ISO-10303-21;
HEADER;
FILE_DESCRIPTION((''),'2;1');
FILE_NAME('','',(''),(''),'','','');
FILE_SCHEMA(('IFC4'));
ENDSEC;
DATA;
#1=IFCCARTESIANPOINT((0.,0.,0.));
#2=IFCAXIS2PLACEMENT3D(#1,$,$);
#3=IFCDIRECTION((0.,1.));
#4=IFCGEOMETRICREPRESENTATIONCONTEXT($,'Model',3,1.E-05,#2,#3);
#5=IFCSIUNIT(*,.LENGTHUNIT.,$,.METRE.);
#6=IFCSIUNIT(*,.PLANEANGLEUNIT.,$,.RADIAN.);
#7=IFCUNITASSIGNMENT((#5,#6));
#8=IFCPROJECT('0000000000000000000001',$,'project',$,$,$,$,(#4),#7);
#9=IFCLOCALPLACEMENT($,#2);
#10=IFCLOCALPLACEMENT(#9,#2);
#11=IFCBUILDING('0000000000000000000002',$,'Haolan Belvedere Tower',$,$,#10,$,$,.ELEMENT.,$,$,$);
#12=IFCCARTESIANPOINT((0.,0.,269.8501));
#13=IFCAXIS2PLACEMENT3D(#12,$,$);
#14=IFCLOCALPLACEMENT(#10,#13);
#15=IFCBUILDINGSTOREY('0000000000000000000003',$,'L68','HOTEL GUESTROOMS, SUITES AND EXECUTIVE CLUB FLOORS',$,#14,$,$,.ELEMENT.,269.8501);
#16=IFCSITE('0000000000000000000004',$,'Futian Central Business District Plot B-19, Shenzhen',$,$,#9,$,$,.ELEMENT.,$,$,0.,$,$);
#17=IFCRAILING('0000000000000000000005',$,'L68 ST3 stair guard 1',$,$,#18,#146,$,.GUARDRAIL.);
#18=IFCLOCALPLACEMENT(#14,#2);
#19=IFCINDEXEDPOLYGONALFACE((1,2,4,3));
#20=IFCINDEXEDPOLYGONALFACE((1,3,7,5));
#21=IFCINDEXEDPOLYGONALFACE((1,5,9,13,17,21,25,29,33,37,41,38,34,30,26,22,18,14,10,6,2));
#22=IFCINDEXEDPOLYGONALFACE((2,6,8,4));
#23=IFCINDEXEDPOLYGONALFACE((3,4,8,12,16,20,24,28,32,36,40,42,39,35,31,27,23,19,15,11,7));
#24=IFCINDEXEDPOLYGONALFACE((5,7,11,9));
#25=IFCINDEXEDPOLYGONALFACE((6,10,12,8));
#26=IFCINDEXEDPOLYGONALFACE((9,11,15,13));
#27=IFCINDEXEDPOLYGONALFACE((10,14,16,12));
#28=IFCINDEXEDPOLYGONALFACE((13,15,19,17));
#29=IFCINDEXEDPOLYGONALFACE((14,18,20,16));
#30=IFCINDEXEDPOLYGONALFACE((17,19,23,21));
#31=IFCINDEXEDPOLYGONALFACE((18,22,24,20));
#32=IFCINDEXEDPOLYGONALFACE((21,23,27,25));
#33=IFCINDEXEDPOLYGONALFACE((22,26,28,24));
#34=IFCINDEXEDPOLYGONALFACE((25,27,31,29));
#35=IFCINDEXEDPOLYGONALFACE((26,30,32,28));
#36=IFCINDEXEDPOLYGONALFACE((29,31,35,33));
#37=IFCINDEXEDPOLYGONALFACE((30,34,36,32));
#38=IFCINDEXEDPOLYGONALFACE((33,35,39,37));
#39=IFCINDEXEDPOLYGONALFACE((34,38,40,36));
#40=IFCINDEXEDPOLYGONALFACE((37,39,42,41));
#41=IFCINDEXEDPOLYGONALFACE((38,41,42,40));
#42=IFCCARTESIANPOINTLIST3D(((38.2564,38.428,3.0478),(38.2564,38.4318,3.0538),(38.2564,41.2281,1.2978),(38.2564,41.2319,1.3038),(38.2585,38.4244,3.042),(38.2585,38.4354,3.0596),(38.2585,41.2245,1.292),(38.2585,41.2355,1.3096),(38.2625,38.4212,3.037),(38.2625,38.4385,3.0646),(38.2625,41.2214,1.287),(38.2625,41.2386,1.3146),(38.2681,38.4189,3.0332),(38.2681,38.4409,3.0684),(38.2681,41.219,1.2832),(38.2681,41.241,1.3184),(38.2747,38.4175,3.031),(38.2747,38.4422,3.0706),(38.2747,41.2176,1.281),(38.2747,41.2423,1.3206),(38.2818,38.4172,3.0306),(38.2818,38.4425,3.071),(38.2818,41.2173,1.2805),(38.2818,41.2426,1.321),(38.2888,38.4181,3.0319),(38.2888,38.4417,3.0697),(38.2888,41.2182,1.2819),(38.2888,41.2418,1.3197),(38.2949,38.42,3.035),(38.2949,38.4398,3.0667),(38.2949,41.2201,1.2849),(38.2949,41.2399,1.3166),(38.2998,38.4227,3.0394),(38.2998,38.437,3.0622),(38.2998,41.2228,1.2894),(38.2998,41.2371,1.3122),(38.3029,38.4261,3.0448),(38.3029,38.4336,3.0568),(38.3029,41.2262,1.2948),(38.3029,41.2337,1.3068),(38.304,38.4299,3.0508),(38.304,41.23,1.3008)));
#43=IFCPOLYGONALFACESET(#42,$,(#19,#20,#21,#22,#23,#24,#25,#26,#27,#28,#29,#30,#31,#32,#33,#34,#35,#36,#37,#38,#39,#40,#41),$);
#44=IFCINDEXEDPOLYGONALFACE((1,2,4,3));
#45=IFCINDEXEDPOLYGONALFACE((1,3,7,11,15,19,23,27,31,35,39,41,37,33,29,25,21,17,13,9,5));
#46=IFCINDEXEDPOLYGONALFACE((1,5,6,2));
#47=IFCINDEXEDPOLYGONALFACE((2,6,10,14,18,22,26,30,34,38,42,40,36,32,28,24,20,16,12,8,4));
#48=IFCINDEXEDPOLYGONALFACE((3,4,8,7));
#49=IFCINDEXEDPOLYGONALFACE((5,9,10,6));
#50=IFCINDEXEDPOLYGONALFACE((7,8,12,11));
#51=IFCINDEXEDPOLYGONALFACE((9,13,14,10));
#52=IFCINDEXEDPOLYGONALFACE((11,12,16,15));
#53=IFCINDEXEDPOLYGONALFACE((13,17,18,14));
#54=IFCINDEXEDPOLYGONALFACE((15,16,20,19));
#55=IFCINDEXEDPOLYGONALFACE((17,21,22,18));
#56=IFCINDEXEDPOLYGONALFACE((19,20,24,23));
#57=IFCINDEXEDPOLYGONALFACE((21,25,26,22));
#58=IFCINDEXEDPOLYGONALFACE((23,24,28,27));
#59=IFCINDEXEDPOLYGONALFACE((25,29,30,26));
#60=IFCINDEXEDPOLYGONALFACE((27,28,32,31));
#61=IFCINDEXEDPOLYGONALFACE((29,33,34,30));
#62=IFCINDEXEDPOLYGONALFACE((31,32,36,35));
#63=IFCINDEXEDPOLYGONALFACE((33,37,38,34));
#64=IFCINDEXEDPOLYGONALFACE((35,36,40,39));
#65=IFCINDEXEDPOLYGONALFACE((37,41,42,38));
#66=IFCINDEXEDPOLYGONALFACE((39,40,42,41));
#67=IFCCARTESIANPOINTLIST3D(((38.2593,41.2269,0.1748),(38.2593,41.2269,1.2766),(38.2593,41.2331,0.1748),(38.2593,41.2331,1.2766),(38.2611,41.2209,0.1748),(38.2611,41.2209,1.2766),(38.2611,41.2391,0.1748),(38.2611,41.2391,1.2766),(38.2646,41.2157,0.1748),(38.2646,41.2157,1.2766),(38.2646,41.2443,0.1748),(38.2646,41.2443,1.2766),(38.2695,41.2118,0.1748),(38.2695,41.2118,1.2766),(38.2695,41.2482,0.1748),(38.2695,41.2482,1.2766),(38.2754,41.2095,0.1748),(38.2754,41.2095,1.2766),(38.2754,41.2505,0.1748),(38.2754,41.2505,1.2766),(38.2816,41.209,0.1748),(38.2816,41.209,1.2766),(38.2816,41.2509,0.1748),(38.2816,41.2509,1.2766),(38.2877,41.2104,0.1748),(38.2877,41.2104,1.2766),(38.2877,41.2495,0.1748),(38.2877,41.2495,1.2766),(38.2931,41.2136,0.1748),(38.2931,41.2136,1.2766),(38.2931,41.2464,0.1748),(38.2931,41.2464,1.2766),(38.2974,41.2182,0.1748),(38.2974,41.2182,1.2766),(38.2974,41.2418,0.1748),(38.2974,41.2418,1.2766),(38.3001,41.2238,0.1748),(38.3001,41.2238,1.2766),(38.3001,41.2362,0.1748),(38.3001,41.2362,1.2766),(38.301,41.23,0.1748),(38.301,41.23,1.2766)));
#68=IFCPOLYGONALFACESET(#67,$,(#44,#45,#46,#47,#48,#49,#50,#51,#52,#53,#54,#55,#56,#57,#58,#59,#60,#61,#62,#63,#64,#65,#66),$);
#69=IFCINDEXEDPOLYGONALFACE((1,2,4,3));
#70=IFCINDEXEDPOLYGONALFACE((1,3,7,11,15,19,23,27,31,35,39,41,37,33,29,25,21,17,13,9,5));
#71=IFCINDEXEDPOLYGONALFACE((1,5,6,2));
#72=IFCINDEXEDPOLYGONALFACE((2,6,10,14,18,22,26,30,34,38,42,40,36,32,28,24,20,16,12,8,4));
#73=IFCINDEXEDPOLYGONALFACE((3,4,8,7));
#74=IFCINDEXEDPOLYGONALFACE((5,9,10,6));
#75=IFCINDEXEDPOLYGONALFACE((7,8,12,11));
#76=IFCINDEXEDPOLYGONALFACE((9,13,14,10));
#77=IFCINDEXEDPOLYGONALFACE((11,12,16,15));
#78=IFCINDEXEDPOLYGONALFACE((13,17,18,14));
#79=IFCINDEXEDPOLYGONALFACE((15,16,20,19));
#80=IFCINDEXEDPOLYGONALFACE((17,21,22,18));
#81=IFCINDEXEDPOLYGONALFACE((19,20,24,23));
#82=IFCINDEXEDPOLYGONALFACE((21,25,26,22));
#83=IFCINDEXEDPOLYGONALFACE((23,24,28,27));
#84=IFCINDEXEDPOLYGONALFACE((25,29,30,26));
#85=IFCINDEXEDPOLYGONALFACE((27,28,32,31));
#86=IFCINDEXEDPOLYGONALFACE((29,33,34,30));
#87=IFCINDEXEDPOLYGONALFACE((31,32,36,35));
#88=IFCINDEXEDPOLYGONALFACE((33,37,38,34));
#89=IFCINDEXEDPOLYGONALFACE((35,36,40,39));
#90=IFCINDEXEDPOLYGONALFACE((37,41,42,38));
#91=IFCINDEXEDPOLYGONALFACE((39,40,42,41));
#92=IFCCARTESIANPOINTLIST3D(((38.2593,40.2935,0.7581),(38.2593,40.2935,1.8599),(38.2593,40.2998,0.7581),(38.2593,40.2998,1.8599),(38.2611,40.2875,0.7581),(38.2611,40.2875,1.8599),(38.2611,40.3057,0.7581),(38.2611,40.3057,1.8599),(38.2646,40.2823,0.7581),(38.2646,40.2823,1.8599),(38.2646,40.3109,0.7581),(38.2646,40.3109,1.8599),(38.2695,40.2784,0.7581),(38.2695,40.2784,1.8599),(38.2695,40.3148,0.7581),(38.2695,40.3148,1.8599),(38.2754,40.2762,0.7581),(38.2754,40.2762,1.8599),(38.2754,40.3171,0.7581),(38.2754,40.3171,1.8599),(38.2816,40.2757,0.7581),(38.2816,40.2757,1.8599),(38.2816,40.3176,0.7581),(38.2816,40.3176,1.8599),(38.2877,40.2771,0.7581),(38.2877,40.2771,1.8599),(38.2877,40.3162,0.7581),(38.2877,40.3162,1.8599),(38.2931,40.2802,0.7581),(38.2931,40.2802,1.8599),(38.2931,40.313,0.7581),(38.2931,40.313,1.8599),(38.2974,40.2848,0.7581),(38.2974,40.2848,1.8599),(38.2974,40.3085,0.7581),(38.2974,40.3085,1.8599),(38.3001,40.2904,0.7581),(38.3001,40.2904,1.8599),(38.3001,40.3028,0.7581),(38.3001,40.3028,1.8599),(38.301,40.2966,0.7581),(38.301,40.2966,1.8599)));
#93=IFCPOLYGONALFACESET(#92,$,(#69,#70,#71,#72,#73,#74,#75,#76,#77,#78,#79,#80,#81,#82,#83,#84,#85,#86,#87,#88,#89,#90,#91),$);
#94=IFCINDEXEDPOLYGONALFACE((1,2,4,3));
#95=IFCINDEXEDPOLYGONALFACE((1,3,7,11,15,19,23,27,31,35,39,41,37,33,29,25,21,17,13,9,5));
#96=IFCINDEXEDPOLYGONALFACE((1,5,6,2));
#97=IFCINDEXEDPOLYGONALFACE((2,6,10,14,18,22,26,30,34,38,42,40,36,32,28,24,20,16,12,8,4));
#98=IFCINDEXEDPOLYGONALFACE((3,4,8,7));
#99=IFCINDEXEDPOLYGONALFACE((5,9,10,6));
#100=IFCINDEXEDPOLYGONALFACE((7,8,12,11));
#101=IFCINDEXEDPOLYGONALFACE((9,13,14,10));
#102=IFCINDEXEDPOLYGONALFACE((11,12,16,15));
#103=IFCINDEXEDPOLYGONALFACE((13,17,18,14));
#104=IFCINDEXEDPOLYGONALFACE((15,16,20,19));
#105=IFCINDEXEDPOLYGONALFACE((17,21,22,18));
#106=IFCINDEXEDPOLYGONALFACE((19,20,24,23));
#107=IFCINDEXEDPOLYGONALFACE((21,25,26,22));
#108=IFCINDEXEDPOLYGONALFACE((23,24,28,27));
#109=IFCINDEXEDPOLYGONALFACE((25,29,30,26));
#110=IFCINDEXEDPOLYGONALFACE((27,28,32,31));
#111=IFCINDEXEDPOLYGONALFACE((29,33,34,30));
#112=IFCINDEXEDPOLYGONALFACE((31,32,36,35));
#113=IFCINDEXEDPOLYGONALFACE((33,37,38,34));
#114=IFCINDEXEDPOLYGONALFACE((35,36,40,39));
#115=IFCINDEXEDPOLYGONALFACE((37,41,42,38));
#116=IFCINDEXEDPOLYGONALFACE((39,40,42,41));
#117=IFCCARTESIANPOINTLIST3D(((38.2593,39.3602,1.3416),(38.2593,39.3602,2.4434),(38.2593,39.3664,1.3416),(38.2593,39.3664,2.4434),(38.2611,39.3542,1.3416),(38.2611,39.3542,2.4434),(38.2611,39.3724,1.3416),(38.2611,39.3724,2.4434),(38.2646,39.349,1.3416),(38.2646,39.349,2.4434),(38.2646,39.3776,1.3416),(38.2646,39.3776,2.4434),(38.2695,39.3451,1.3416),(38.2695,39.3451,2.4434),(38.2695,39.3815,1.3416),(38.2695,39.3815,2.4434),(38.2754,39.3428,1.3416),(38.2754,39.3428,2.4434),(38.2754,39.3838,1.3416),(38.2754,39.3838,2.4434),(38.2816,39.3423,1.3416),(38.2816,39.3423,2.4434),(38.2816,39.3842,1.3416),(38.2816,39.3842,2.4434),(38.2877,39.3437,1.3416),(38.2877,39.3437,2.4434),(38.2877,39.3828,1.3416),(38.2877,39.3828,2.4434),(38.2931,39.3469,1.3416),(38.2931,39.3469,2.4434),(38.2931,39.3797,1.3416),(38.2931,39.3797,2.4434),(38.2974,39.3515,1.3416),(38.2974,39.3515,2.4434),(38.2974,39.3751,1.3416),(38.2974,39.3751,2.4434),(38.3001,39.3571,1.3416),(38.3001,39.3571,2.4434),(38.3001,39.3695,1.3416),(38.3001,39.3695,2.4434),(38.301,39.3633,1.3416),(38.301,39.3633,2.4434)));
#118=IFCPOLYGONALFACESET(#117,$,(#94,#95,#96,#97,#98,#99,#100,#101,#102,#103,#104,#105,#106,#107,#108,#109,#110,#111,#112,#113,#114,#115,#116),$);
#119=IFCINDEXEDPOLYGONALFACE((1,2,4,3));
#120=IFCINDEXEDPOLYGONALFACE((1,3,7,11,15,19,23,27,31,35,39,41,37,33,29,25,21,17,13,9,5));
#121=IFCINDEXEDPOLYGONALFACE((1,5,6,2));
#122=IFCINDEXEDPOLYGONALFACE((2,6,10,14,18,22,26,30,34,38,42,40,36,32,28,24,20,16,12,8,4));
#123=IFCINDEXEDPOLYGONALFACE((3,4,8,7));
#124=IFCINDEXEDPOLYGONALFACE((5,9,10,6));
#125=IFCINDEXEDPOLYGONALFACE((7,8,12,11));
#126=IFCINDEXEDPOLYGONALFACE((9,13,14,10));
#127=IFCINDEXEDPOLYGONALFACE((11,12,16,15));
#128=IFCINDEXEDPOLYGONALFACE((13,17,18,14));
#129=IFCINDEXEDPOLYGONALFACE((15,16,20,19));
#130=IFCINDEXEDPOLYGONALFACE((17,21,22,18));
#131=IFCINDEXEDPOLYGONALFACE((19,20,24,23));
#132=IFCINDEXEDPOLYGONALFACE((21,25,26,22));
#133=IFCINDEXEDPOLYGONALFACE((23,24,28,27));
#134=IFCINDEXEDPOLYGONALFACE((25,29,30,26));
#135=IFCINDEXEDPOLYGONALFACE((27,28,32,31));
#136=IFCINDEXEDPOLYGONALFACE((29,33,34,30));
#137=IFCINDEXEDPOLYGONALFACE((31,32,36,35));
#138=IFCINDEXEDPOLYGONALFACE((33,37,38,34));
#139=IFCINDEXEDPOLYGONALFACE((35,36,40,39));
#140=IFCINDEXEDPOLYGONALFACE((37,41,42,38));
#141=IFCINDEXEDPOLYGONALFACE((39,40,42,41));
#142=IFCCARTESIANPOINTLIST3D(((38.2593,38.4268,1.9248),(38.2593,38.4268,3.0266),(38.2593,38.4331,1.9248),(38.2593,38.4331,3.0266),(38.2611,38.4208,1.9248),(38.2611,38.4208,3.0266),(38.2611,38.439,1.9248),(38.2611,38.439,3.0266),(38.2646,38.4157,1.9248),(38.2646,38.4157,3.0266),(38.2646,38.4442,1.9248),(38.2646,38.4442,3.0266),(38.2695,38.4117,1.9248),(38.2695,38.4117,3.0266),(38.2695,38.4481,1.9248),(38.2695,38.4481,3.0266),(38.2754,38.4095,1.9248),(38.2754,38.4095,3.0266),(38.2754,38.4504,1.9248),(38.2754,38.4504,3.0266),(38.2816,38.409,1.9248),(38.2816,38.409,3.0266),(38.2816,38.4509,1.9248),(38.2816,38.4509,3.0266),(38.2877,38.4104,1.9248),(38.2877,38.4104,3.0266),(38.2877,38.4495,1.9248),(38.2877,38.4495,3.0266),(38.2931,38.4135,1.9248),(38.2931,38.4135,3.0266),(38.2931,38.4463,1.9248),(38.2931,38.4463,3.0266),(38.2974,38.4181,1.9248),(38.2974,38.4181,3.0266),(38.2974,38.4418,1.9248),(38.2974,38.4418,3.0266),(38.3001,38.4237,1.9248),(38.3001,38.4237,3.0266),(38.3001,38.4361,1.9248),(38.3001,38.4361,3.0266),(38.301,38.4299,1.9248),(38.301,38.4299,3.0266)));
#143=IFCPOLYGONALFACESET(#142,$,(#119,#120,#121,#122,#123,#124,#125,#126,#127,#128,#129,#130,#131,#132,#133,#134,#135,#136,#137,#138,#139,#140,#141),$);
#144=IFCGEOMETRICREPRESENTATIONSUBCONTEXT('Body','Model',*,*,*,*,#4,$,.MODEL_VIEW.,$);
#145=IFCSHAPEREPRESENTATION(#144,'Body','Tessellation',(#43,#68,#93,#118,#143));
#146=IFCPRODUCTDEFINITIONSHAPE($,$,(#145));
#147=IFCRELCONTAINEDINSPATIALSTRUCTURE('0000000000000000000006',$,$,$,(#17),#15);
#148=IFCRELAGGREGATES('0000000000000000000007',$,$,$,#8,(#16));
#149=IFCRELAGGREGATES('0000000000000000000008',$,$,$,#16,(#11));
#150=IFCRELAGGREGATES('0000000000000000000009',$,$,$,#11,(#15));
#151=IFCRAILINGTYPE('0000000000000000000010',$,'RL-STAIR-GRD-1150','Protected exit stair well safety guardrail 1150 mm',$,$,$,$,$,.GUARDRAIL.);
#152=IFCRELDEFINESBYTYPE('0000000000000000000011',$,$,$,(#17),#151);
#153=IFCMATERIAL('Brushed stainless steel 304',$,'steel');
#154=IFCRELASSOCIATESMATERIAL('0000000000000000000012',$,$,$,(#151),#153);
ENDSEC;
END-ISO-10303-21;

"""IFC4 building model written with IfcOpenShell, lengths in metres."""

from ifc_helpers import new_model, si_unit, direction, frame, origin, origin_2d, place, context, subcontext, project, spatial, circle, extrude, material, type_object, element, save


model = new_model("IFC4")

# Units and contexts
model_context = context("Model", 3, precision=1e-05, world=origin(), true_north=direction((0.0, 1.0)))
body_context = subcontext(model_context, "Body", "Model", "MODEL_VIEW")
ifc_project = project(units=[si_unit("LENGTHUNIT", "METRE"), si_unit("PLANEANGLEUNIT", "RADIAN")], contexts=[model_context])

# Site, building, storey
site_placement = place(None, origin())
site = spatial("IfcSite", under=ifc_project, at=site_placement, Name="Futian Central Business District Plot B-19, Shenzhen", CompositionType="ELEMENT", RefElevation=0.0)
building_placement = place(site_placement, origin())
building = spatial("IfcBuilding", under=site, at=building_placement, Name="Haolan Belvedere Tower", CompositionType="ELEMENT")
storey_placement = place(building_placement, frame((0.0, 0.0, 269.8501)))
storey = spatial("IfcBuildingStorey", under=building, at=storey_placement, Name="L68", Description="HOTEL GUESTROOMS, SUITES AND EXECUTIVE CLUB FLOORS", CompositionType="ELEMENT", Elevation=269.8501)

# Railing
ifc_material_1 = material(Name="Brushed stainless steel 304", Category="steel")
railing_type_1 = type_object("IfcRailingType", Name="RL-STAIR-GRD-1150", Description="Protected exit stair well safety guardrail 1150 mm", PredefinedType="GUARDRAIL", material=ifc_material_1)
railing_1_placement = place(storey_placement, frame((38.28, 41.23, 0.1748)))
element("IfcRailing", 1, at=railing_1_placement, inside=storey, type_object=railing_type_1, Name="L68 ST3 stair guard 1", PredefinedType="GUARDRAIL", context=body_context, shape_type="SweptSolid", body=[
    extrude(circle(Radius=0.0239, at=origin_2d()), frame((0.0, 0.0, 1.126), z_axis=(0.0, -0.848002, 0.529992), x_axis=(1.0, 0.0, 0.0)), (0.0, 0.0, 1.0), 3.302),
    extrude(circle(Radius=0.021, at=origin_2d()), origin(), (0.0, 0.0, 1.0), 1.1018),
    extrude(circle(Radius=0.021, at=origin_2d()), frame((0.0, -0.9333, 0.5833)), (0.0, 0.0, 1.0), 1.1018),
    extrude(circle(Radius=0.021, at=origin_2d()), frame((0.0, -1.8667, 1.1667)), (0.0, 0.0, 1.0), 1.1018),
    extrude(circle(Radius=0.021, at=origin_2d()), frame((0.0, -2.8, 1.75)), (0.0, 0.0, 1.0), 1.1018),
])

save(model, "model.ifc")
